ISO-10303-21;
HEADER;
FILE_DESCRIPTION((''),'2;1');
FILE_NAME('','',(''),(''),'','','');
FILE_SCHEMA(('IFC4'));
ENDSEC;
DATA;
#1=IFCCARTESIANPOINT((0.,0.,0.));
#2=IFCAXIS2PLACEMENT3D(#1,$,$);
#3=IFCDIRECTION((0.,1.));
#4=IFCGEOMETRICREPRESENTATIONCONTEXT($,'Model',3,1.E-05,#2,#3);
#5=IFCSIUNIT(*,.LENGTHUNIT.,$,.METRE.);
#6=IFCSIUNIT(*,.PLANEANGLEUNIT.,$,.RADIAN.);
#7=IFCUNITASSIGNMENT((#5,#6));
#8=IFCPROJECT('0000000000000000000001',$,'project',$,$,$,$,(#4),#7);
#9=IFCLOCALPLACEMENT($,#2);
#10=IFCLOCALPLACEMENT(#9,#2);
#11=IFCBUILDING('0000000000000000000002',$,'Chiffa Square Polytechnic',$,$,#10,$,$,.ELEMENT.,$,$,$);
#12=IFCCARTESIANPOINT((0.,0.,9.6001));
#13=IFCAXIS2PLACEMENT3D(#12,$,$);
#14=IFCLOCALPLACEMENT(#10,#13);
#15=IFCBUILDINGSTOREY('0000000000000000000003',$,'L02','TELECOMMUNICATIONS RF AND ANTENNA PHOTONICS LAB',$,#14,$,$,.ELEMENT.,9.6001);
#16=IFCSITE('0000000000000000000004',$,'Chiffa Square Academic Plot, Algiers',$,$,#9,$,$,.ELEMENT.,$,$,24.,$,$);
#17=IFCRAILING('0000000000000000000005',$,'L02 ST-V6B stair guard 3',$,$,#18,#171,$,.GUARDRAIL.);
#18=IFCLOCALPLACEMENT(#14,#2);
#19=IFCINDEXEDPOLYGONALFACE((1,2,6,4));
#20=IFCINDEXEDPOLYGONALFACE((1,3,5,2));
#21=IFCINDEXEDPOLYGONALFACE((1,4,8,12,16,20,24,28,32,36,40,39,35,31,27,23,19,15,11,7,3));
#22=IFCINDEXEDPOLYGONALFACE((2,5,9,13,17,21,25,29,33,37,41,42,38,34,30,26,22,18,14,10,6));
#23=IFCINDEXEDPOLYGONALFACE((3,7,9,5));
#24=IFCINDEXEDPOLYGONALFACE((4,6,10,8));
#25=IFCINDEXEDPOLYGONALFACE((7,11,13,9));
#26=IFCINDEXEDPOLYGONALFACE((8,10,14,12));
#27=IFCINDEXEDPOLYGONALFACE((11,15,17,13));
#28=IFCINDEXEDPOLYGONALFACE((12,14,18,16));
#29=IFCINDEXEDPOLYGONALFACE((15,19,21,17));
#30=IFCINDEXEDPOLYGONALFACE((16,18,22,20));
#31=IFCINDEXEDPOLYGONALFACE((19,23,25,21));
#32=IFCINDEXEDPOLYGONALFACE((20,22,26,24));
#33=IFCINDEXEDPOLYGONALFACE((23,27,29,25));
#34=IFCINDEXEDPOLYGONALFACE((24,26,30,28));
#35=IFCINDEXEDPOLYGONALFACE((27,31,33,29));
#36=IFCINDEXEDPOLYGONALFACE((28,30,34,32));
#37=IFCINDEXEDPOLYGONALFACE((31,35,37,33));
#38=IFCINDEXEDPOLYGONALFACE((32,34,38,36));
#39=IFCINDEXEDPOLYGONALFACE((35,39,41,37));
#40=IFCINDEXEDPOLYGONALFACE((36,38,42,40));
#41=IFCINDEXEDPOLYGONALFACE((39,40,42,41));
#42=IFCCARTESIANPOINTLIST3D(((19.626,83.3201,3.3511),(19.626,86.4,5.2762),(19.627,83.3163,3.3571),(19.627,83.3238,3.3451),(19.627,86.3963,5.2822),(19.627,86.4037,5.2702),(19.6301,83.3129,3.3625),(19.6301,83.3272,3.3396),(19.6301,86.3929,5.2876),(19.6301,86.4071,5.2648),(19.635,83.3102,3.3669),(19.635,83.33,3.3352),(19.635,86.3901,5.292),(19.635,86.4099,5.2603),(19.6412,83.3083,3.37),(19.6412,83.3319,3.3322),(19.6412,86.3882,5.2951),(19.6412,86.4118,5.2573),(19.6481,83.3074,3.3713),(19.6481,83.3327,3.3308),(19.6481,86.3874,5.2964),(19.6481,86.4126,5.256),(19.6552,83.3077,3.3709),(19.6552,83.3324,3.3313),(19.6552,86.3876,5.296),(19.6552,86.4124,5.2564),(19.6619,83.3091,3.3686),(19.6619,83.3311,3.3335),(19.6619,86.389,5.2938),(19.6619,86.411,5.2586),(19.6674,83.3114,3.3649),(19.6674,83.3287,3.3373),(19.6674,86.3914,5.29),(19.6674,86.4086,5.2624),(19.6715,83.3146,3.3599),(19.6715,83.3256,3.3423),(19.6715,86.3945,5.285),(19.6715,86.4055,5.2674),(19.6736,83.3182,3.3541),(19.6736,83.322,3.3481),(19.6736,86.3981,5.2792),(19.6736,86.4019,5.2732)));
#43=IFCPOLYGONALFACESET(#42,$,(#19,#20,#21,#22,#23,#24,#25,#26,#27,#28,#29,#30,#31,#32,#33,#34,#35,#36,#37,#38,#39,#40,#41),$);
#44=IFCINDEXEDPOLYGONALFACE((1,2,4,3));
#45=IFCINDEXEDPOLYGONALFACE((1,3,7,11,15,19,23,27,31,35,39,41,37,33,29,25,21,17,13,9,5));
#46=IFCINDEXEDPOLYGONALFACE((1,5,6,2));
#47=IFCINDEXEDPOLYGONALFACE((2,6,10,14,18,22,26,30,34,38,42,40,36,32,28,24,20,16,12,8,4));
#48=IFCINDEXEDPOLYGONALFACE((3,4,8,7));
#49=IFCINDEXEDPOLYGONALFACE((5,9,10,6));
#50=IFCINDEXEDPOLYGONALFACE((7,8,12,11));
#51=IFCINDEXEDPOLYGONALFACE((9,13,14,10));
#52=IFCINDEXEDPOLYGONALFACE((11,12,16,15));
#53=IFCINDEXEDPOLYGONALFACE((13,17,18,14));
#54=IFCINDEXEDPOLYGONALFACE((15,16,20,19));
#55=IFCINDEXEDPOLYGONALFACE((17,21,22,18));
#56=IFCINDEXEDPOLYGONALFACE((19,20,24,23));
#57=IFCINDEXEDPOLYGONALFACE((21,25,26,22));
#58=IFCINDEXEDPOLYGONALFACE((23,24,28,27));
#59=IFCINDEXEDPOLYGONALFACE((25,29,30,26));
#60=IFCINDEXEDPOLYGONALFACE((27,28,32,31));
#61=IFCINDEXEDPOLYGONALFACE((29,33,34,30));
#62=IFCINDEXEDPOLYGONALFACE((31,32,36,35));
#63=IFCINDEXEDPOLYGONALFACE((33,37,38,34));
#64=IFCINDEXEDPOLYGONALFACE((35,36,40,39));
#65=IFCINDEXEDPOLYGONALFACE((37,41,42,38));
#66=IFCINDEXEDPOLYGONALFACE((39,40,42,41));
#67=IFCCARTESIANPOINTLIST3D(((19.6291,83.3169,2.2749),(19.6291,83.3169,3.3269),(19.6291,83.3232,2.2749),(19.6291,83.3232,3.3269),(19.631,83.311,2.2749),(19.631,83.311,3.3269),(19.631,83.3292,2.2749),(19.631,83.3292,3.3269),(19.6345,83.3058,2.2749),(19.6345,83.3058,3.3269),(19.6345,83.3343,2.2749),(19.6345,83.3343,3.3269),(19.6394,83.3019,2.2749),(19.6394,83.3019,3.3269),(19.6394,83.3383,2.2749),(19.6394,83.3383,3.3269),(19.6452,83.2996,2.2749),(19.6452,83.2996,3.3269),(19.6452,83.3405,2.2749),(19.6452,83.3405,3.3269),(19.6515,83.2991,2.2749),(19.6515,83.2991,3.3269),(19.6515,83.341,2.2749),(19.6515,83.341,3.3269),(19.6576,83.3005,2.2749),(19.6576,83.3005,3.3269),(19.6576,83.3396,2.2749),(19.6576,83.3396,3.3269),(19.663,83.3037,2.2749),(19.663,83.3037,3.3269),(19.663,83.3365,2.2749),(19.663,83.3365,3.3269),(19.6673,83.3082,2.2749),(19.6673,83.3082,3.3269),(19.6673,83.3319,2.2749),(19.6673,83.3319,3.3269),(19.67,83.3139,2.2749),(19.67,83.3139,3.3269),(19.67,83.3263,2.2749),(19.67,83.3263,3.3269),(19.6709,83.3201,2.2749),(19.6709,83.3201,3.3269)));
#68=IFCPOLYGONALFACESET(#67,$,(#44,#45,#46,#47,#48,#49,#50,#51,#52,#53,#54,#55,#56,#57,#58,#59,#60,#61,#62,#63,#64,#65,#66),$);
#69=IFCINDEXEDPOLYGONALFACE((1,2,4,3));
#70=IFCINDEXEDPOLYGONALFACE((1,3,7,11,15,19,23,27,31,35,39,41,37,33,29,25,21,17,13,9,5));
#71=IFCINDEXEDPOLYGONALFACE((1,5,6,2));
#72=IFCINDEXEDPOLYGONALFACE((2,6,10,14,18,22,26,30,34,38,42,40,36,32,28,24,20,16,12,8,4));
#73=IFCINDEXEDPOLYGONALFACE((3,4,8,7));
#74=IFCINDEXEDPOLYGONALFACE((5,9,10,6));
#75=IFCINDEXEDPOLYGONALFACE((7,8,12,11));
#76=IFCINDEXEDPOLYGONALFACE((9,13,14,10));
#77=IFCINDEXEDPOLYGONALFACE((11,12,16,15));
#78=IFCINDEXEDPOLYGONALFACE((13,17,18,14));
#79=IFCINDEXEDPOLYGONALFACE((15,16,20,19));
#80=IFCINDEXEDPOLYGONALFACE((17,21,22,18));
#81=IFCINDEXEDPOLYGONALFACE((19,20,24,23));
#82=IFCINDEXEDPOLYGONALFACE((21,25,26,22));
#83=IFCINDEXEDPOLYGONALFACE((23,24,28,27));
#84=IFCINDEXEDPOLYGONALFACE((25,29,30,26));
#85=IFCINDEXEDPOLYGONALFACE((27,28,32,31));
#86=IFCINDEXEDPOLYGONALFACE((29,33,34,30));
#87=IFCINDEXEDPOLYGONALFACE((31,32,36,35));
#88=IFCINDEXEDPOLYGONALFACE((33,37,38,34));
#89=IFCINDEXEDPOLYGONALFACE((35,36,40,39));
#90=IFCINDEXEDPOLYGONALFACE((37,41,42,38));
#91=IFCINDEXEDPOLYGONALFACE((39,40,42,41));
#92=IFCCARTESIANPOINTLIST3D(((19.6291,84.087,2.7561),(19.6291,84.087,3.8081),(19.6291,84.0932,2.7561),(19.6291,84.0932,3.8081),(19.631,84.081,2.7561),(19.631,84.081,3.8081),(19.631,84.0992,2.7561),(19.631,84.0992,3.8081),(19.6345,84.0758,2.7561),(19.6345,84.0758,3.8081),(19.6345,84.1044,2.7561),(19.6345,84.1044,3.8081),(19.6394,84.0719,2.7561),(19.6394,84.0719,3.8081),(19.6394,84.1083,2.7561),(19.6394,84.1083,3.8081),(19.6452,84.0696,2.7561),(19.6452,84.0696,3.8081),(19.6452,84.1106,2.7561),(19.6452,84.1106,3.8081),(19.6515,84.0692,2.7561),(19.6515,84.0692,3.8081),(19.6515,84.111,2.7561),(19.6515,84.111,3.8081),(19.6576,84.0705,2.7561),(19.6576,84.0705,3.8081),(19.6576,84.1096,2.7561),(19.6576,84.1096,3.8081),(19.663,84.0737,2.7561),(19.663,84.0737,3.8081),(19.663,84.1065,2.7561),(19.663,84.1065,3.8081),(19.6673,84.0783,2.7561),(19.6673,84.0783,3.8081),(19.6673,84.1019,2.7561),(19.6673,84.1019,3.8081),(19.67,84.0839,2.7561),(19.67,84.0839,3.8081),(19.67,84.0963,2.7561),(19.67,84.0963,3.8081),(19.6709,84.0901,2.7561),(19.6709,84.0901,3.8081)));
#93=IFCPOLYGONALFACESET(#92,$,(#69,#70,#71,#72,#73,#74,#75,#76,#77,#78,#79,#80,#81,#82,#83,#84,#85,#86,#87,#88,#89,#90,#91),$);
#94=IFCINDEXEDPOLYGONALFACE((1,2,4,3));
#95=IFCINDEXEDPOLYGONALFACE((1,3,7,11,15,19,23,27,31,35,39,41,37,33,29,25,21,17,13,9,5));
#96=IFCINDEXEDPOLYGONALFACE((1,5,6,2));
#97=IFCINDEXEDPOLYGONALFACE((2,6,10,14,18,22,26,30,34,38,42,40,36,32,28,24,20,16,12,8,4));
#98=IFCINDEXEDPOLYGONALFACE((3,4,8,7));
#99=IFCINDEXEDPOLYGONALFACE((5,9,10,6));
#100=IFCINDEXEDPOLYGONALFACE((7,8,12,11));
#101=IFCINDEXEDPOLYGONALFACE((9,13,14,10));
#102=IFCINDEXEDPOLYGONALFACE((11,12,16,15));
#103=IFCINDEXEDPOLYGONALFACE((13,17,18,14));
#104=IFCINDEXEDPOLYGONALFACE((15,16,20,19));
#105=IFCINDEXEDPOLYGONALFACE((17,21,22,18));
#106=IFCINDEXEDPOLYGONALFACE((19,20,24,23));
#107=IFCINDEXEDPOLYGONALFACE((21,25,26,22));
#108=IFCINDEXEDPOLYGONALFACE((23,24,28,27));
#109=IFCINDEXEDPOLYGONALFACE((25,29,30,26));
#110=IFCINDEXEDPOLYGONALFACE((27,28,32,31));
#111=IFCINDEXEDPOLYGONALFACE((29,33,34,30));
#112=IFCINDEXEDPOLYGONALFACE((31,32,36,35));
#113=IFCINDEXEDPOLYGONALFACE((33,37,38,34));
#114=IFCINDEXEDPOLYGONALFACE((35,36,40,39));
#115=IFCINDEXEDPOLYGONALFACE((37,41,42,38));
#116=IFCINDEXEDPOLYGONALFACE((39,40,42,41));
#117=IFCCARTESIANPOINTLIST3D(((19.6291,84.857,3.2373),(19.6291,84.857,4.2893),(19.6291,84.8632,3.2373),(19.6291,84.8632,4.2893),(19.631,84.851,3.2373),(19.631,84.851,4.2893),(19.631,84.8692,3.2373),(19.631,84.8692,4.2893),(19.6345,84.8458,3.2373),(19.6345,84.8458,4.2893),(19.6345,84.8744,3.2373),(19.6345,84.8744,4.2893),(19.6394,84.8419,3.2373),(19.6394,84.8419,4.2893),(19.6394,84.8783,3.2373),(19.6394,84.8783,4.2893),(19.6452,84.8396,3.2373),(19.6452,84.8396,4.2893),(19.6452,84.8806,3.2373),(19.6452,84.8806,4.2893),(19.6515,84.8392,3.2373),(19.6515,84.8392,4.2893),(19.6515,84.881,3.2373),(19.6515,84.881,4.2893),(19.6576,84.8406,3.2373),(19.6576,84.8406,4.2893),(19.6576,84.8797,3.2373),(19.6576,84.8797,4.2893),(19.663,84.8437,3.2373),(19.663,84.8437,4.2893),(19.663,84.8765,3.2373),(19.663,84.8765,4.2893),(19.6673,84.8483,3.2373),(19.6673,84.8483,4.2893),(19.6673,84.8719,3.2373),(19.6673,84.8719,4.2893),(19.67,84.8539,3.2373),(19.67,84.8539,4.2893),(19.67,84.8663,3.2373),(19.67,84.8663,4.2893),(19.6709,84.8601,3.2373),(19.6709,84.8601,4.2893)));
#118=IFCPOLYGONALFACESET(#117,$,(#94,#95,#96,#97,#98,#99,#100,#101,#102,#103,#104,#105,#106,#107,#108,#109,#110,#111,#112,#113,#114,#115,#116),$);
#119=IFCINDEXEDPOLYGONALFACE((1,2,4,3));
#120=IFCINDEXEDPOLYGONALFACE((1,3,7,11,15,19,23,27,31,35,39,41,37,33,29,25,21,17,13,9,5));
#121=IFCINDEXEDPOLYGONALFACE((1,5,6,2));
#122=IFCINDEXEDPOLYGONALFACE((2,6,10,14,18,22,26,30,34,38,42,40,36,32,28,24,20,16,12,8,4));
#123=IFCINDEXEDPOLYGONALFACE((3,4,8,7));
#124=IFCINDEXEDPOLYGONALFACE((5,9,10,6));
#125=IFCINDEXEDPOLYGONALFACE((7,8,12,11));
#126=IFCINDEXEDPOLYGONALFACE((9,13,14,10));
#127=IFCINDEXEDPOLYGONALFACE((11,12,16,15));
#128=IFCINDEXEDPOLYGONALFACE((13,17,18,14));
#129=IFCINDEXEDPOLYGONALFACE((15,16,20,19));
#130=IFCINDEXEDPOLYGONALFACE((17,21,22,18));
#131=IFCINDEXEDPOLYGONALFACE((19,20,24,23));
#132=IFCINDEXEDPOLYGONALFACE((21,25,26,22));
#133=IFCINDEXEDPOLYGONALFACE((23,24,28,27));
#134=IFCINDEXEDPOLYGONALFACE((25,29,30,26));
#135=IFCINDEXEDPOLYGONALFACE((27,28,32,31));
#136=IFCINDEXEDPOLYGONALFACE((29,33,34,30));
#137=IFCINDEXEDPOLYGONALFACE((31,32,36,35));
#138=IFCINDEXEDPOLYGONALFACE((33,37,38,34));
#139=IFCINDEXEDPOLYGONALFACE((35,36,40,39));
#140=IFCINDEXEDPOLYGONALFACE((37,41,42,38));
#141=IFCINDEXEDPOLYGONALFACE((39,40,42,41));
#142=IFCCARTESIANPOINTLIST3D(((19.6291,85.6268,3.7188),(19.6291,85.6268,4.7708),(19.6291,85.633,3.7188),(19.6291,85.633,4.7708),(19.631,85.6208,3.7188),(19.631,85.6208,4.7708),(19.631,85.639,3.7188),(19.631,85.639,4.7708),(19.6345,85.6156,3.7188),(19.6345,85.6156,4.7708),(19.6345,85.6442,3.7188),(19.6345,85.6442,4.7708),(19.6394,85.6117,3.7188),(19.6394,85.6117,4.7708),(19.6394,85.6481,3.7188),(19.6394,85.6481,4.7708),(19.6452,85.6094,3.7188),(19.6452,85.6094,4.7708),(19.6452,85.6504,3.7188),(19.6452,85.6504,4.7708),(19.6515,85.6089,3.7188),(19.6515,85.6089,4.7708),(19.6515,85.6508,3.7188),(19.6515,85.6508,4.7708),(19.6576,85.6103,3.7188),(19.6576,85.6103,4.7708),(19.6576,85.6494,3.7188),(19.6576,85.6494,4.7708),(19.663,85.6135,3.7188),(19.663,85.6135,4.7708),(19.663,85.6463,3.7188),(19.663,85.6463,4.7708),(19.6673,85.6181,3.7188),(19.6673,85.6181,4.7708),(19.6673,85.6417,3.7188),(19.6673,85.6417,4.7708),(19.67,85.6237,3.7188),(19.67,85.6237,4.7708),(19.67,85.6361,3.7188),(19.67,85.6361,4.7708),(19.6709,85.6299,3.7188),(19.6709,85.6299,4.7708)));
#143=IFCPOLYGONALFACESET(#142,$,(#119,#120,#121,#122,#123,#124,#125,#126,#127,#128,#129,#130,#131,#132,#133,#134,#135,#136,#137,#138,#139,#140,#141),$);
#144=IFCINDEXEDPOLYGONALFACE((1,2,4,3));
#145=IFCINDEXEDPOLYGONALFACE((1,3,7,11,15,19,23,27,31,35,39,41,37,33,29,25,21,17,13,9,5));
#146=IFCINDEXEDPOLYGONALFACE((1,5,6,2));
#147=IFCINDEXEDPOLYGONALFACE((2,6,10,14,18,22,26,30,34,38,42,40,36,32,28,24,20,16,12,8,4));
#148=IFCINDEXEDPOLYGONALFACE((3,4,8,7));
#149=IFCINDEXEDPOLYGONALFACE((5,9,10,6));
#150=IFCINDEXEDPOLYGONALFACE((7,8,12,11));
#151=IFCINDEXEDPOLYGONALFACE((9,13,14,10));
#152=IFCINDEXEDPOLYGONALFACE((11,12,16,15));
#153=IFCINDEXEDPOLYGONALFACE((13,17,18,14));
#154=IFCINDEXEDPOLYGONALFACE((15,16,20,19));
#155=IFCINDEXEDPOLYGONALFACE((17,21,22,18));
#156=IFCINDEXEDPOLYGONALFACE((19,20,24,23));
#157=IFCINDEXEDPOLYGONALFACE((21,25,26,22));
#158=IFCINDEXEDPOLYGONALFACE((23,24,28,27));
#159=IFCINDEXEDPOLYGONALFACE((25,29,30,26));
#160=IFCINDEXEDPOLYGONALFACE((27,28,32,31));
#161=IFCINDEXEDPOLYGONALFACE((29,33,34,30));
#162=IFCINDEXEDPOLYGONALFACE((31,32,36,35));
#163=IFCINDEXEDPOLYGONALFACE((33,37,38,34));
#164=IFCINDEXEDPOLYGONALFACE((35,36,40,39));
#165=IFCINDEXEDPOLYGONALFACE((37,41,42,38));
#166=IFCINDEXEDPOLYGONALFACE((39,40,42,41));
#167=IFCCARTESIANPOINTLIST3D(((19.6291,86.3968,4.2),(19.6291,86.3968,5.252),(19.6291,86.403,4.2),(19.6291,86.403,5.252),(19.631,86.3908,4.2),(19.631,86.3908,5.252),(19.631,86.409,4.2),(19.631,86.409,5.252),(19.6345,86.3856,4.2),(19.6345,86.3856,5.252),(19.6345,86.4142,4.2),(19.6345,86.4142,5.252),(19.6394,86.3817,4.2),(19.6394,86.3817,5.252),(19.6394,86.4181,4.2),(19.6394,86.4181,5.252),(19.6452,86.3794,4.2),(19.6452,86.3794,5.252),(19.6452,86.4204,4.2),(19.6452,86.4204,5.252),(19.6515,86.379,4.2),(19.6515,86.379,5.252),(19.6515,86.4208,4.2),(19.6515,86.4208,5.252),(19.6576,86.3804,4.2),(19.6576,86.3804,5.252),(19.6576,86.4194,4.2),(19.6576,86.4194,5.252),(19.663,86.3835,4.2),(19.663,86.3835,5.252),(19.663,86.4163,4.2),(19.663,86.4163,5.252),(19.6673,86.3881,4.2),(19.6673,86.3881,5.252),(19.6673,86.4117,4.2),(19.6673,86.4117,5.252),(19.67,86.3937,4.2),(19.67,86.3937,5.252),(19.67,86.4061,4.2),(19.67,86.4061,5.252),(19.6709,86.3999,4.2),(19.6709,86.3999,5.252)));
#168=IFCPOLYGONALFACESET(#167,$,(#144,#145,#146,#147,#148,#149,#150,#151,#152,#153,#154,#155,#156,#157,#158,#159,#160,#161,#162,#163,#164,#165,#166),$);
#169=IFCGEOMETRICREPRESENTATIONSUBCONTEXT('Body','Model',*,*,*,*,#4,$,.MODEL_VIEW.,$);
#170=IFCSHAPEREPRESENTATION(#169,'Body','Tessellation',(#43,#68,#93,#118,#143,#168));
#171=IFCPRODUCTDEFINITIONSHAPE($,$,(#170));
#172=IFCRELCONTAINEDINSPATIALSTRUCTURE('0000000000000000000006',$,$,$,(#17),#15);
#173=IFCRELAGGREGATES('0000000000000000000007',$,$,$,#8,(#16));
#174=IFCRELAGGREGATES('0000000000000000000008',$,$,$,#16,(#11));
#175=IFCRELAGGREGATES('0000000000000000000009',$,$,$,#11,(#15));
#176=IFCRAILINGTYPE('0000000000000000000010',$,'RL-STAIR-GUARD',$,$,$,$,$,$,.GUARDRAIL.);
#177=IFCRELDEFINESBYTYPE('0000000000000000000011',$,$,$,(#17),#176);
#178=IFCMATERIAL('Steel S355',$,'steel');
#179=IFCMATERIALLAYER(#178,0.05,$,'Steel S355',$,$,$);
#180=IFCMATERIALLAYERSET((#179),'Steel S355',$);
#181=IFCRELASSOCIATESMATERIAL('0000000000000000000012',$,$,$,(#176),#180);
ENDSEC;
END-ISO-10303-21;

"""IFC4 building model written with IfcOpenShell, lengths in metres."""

from ifc_helpers import new_model, si_unit, direction, frame, origin, origin_2d, place, context, subcontext, project, spatial, circle, extrude, material, layer, layer_set, type_object, element, save


model = new_model("IFC4")

# Units and contexts
model_context = context("Model", 3, precision=1e-05, world=origin(), true_north=direction((0.0, 1.0)))
body_context = subcontext(model_context, "Body", "Model", "MODEL_VIEW")
ifc_project = project(units=[si_unit("LENGTHUNIT", "METRE"), si_unit("PLANEANGLEUNIT", "RADIAN")], contexts=[model_context])

# Site, building, storey
site_placement = place(None, origin())
site = spatial("IfcSite", under=ifc_project, at=site_placement, Name="Chiffa Square Academic Plot, Algiers", CompositionType="ELEMENT", RefElevation=24.0)
building_placement = place(site_placement, origin())
building = spatial("IfcBuilding", under=site, at=building_placement, Name="Chiffa Square Polytechnic", CompositionType="ELEMENT")
storey_placement = place(building_placement, frame((0.0, 0.0, 9.6001)))
storey = spatial("IfcBuildingStorey", under=building, at=storey_placement, Name="L02", Description="TELECOMMUNICATIONS RF AND ANTENNA PHOTONICS LAB", CompositionType="ELEMENT", Elevation=9.6001)

# Railing
ifc_material_1 = material(Name="Steel S355", Category="steel")
ifc_layer_1 = layer(ifc_material_1, 0.05, Name="Steel S355")
ifc_layer_set_1 = layer_set([ifc_layer_1], Name="Steel S355")
railing_type_1 = type_object("IfcRailingType", Name="RL-STAIR-GUARD", PredefinedType="GUARDRAIL", material=ifc_layer_set_1)
railing_1_placement = place(storey_placement, frame((19.6499, 83.3201, 2.2749)))
element("IfcRailing", 1, at=railing_1_placement, inside=storey, type_object=railing_type_1, Name="L02 ST-V6B stair guard 3", PredefinedType="GUARDRAIL", context=body_context, shape_type="SweptSolid", body=[
    extrude(circle(Radius=0.0239, at=origin_2d()), frame((0.0, 0.0, 1.0762), z_axis=(0.0, 0.847979, 0.530029), x_axis=(-1.0, 0.0, 0.0)), (0.0, 0.0, 1.0), 3.6321),
    extrude(circle(Radius=0.021, at=origin_2d()), origin(), (0.0, 0.0, 1.0), 1.052),
    extrude(circle(Radius=0.021, at=origin_2d()), frame((0.0, 0.77, 0.4812)), (0.0, 0.0, 1.0), 1.052),
    extrude(circle(Radius=0.021, at=origin_2d()), frame((0.0, 1.54, 0.9624)), (0.0, 0.0, 1.0), 1.052),
    extrude(circle(Radius=0.021, at=origin_2d()), frame((0.0, 2.3098, 1.4438)), (0.0, 0.0, 1.0), 1.052),
    extrude(circle(Radius=0.021, at=origin_2d()), frame((0.0, 3.0798, 1.925)), (0.0, 0.0, 1.0), 1.052),
])

save(model, "model.ifc")
